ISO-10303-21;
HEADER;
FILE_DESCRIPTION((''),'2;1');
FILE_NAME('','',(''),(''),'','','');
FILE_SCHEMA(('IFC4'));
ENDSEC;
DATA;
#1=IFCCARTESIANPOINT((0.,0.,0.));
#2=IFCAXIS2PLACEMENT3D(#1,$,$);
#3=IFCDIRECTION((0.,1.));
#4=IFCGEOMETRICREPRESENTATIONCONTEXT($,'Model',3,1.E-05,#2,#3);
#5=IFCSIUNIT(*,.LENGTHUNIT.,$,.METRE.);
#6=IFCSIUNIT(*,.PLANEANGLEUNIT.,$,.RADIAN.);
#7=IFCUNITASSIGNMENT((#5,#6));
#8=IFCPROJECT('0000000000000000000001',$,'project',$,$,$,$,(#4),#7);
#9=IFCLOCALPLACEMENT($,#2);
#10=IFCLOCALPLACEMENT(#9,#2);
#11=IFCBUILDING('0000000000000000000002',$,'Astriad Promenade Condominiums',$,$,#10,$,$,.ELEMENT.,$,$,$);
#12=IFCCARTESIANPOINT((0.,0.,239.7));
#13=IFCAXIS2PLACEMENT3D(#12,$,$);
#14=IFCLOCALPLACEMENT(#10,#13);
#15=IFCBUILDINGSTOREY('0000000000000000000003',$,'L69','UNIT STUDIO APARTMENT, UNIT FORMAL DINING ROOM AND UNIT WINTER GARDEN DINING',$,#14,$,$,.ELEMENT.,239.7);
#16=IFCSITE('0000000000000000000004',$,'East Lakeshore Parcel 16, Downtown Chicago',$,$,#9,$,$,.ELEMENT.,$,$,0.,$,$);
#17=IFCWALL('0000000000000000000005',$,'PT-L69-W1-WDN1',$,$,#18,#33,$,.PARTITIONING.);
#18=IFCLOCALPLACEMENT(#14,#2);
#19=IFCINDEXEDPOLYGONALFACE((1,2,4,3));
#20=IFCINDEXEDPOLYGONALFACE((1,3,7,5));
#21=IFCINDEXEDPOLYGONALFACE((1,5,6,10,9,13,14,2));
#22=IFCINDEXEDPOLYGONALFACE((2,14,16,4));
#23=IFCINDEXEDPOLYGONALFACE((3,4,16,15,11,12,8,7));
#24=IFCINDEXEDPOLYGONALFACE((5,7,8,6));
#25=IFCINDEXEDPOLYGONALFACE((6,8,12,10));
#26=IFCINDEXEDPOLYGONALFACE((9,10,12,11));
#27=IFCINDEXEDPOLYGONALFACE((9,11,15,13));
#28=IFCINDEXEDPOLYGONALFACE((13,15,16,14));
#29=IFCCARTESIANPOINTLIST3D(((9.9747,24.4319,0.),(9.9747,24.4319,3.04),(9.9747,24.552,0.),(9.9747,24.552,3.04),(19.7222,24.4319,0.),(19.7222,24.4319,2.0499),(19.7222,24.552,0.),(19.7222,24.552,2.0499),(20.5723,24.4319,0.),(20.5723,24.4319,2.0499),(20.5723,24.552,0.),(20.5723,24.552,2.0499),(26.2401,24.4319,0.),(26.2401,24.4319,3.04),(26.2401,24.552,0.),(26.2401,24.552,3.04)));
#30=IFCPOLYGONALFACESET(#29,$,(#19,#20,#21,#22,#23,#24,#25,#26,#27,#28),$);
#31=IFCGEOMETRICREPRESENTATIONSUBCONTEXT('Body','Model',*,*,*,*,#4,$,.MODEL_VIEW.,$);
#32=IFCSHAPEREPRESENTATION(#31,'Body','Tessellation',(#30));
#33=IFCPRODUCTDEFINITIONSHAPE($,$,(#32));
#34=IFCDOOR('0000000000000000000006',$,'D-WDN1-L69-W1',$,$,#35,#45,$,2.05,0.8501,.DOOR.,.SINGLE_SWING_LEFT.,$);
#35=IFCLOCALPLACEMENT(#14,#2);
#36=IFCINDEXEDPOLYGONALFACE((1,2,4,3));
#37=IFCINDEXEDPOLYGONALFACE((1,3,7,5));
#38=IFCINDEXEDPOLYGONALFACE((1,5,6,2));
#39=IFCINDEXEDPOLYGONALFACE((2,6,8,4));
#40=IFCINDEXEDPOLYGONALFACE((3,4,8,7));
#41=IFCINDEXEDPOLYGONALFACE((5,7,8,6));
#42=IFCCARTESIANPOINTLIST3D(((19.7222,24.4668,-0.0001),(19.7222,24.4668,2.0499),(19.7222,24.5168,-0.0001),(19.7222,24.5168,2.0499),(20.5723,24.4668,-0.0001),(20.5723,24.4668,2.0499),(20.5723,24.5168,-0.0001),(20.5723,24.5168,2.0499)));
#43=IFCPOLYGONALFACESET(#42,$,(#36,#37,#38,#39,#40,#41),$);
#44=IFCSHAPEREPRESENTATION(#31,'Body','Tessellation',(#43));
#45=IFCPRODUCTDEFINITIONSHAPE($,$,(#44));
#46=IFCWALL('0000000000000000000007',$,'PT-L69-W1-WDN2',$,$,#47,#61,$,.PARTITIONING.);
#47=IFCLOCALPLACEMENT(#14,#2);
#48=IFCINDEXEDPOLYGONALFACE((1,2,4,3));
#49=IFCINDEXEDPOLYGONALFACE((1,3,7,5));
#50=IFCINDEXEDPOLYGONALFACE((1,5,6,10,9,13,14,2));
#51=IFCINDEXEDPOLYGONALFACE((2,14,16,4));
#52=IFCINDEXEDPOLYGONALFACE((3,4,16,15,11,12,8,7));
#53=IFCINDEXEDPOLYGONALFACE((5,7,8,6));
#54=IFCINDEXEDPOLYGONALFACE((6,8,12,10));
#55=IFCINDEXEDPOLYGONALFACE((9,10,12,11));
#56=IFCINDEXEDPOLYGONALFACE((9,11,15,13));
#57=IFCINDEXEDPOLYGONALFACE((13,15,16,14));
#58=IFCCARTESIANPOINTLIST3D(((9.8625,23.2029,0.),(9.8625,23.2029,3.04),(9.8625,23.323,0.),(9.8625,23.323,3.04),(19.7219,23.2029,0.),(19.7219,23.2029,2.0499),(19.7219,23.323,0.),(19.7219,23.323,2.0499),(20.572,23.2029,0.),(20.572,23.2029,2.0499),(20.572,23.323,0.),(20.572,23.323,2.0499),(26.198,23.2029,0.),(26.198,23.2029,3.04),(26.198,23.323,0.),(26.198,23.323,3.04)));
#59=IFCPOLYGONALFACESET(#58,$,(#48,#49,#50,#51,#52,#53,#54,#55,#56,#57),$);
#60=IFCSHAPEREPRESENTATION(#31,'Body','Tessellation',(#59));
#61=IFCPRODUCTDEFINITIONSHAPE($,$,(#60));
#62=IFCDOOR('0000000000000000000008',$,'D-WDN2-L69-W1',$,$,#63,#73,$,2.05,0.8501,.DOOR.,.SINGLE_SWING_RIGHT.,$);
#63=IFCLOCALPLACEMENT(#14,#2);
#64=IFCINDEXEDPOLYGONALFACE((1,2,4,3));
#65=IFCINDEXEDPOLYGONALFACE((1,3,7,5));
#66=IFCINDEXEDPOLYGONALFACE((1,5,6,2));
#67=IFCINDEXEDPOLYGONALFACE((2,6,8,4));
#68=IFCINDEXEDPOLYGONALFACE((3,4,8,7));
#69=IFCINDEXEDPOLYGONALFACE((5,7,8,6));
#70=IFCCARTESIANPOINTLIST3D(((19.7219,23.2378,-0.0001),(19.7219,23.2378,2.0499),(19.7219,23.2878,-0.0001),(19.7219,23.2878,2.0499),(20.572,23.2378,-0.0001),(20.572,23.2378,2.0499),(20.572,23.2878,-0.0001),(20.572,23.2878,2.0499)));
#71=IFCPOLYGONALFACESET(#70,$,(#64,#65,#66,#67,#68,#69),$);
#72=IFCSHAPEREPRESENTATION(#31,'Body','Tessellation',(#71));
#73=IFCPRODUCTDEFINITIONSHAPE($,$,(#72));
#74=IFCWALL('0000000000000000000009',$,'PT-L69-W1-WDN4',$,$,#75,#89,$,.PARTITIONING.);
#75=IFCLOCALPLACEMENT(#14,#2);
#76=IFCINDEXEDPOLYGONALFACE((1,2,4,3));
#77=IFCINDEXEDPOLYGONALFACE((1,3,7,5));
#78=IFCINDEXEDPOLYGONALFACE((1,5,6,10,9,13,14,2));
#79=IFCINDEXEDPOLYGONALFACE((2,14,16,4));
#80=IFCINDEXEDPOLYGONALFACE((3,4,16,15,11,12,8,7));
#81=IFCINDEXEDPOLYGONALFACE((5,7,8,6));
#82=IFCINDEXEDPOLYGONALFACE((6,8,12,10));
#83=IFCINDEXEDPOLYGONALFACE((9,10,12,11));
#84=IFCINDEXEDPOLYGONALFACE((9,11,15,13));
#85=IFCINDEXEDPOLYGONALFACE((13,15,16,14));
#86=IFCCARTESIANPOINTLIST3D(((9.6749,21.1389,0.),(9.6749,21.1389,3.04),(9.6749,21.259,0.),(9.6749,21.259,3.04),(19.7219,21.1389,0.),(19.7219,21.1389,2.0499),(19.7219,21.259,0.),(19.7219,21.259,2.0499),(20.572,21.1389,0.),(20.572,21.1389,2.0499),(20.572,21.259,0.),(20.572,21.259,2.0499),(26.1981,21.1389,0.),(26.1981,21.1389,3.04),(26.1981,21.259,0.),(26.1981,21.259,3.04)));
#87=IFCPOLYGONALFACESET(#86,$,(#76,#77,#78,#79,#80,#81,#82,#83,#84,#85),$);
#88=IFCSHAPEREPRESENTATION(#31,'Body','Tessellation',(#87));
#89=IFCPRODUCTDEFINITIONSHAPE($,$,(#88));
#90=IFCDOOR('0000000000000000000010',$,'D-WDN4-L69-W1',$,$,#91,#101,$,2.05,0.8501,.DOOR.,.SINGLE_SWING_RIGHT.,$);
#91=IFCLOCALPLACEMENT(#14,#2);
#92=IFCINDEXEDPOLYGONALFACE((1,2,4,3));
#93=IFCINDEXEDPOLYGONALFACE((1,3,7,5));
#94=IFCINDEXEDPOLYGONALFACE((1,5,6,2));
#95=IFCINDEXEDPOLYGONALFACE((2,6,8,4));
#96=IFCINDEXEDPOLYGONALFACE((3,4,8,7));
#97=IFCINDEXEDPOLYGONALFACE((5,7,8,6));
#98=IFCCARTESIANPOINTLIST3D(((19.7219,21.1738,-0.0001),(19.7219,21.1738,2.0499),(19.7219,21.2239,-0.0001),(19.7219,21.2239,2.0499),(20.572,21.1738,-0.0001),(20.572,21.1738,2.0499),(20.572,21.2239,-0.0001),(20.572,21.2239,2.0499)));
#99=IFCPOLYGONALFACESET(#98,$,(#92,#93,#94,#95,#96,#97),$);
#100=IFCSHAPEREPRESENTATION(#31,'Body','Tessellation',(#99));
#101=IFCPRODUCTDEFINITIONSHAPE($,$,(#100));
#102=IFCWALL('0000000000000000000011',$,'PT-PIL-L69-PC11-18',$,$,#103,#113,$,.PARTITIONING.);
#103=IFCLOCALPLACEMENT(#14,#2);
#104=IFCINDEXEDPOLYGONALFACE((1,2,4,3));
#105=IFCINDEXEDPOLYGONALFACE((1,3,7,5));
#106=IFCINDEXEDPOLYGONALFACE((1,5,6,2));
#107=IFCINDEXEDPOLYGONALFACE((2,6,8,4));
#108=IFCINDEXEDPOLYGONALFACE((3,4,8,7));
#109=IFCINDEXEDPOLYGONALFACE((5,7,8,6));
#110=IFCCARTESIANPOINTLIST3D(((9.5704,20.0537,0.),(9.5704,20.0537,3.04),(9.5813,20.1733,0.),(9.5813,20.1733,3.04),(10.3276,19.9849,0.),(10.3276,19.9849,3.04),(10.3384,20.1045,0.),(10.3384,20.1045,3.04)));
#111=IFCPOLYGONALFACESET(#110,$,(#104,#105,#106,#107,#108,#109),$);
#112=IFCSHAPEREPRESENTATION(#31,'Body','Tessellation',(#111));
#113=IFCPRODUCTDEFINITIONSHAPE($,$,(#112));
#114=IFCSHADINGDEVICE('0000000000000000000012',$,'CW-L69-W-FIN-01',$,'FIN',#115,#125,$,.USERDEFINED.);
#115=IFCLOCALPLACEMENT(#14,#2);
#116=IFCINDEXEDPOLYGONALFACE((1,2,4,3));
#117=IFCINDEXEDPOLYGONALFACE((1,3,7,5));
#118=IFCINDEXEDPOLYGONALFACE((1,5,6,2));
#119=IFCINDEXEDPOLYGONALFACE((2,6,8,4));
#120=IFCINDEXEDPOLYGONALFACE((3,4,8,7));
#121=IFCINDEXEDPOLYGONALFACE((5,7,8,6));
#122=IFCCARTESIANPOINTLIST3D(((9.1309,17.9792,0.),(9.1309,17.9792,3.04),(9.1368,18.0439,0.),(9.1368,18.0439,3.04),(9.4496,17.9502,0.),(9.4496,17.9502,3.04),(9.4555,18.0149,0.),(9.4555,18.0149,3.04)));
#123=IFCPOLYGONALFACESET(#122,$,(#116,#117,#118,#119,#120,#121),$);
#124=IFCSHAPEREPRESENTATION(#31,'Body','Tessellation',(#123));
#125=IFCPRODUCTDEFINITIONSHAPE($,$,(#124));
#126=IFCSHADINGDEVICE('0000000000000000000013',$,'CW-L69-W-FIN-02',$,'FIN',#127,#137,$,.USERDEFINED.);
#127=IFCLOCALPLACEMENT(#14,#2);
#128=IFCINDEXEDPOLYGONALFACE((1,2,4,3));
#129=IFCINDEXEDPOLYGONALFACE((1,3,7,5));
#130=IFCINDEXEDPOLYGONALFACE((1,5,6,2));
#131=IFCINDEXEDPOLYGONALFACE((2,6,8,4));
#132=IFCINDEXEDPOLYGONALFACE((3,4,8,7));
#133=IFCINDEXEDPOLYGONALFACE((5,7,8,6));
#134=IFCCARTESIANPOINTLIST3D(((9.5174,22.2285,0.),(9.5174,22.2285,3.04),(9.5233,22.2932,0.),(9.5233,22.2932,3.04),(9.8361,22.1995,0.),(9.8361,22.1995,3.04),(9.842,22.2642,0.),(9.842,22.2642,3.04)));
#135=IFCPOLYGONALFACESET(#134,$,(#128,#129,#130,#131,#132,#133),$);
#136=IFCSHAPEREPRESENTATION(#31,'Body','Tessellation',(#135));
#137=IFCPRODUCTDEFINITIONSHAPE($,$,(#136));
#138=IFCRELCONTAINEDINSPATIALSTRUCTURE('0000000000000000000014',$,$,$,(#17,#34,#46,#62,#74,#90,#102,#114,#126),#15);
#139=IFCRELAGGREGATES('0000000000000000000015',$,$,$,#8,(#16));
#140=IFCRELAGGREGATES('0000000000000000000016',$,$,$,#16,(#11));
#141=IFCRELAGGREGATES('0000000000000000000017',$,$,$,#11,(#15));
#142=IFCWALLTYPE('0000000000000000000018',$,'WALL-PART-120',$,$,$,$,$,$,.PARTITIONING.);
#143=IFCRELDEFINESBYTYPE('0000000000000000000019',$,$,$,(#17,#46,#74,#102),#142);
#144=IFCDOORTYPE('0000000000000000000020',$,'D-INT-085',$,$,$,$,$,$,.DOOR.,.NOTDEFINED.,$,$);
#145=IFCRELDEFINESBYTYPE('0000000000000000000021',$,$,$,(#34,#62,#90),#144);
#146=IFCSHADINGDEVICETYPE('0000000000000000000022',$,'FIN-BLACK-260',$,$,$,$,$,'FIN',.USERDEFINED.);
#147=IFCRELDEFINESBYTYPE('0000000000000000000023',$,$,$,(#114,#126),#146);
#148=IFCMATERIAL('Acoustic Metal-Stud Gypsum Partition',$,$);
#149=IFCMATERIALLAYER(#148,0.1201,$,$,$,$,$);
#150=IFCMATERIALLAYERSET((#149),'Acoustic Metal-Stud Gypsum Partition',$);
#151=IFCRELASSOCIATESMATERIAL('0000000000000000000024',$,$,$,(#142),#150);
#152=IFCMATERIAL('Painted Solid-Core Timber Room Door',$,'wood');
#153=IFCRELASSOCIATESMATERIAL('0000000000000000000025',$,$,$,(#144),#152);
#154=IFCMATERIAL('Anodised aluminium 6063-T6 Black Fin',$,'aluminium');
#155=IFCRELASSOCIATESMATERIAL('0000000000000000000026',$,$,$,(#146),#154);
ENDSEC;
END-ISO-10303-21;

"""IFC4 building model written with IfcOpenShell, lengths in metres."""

from ifc_helpers import new_model, si_unit, direction, frame, frame_2d, origin, origin_2d, place, context, subcontext, project, spatial, rectangle, extrude, source, transform, mapped, material, layer, layer_set, type_object, type_shapes, element, fill, save


model = new_model("IFC4")

# Units and contexts
model_context = context("Model", 3, precision=1e-05, world=origin(), true_north=direction((0.0, 1.0)))
body_context = subcontext(model_context, "Body", "Model", "MODEL_VIEW")
ifc_project = project(units=[si_unit("LENGTHUNIT", "METRE"), si_unit("PLANEANGLEUNIT", "RADIAN")], contexts=[model_context])

# Site, building, storey
site_placement = place(None, origin())
site = spatial("IfcSite", under=ifc_project, at=site_placement, Name="East Lakeshore Parcel 16, Downtown Chicago", CompositionType="ELEMENT", RefElevation=0.0)
building_placement = place(site_placement, origin())
building = spatial("IfcBuilding", under=site, at=building_placement, Name="Astriad Promenade Condominiums", CompositionType="ELEMENT")
storey_placement = place(building_placement, frame((0.0, 0.0, 239.7)))
storey = spatial("IfcBuildingStorey", under=building, at=storey_placement, Name="L69", Description="UNIT STUDIO APARTMENT, UNIT FORMAL DINING ROOM AND UNIT WINTER GARDEN DINING", CompositionType="ELEMENT", Elevation=239.7)

# Walls, openings, doors
ifc_material_1 = material(Name="Acoustic Metal-Stud Gypsum Partition")
ifc_layer_1 = layer(ifc_material_1, 0.1201)
ifc_layer_set_1 = layer_set([ifc_layer_1], Name="Acoustic Metal-Stud Gypsum Partition")
wall_type_1 = type_object("IfcWallType", Name="WALL-PART-120", PredefinedType="PARTITIONING", material=ifc_layer_set_1)
wall_1_placement = place(storey_placement, frame((9.9746, 24.4919, 0.0), z_axis=(0.0, 0.0, 1.0), x_axis=(1.0, 0.0, 0.0)))
wall_1 = element("IfcWall", 1, at=wall_1_placement, inside=storey, type_object=wall_type_1, Name="PT-L69-W1-WDN1", PredefinedType="PARTITIONING", context=body_context, shape_type="SweptSolid", body=[
    extrude(rectangle(XDim=16.2654, YDim=0.1201, at=frame_2d((8.1328, 0.0))), origin(), (0.0, 0.0, 1.0), 3.04),
])
opening_1_placement = place(wall_1_placement, frame((9.7476, 0.0, 0.0)))
opening_1 = element("IfcOpeningElement", 2, at=opening_1_placement, cuts=wall_1, PredefinedType="OPENING", context=body_context, shape_type="SweptSolid", body=[
    extrude(rectangle(XDim=0.8501, YDim=2.05, at=frame_2d((0.425, 1.0249))), frame((0.0, 0.0701, 0.0), z_axis=(0.0, -1.0, 0.0), x_axis=(1.0, 0.0, 0.0)), (0.0, 0.0, 1.0), 0.1401),
])
ifc_material_2 = material(Name="Painted Solid-Core Timber Room Door", Category="wood")
door_type = type_object("IfcDoorType", Name="D-INT-085", OperationType="NOTDEFINED", PredefinedType="DOOR", material=ifc_material_2)
shared_shape_1 = source(origin(), body_context, "Body", "SweptSolid", [
    extrude(rectangle(XDim=0.8501, YDim=2.05, at=frame_2d((0.425, 1.0249))), frame((0.0, 0.0249, 0.0), z_axis=(0.0, -1.0, 0.0), x_axis=(1.0, 0.0, 0.0)), (0.0, 0.0, 1.0), 0.05),
])
type_shapes(door_type, [shared_shape_1])
door_1_placement = place(opening_1_placement, origin())
door_1 = element("IfcDoor", 3, at=door_1_placement, inside=storey, type_object=door_type, Name="D-WDN1-L69-W1", OperationType="SINGLE_SWING_LEFT", OverallHeight=2.05, OverallWidth=0.8501, PredefinedType="DOOR", context=body_context, shape_type="MappedRepresentation", body=[
    mapped(shared_shape_1, transform((0.0, 0.0, 0.0), scale=1.0)),
])
fill(opening_1, door_1)
wall_2_placement = place(storey_placement, frame((9.8625, 23.2629, 0.0), z_axis=(0.0, 0.0, 1.0), x_axis=(1.0, 0.0, 0.0)))
wall_2 = element("IfcWall", 4, at=wall_2_placement, inside=storey, type_object=wall_type_1, Name="PT-L69-W1-WDN2", PredefinedType="PARTITIONING", context=body_context, shape_type="SweptSolid", body=[
    extrude(rectangle(XDim=16.3354, YDim=0.1201, at=frame_2d((8.1677, 0.0))), origin(), (0.0, 0.0, 1.0), 3.04),
])
opening_2_placement = place(wall_2_placement, frame((9.8594, 0.0, 0.0)))
opening_2 = element("IfcOpeningElement", 5, at=opening_2_placement, cuts=wall_2, PredefinedType="OPENING", context=body_context, shape_type="SweptSolid", body=[
    extrude(rectangle(XDim=0.8501, YDim=2.05, at=frame_2d((0.425, 1.0249))), frame((0.0, 0.0701, 0.0), z_axis=(0.0, -1.0, 0.0), x_axis=(1.0, 0.0, 0.0)), (0.0, 0.0, 1.0), 0.1401),
])
door_2_placement = place(opening_2_placement, origin())
door_2 = element("IfcDoor", 6, at=door_2_placement, inside=storey, type_object=door_type, Name="D-WDN2-L69-W1", OperationType="SINGLE_SWING_RIGHT", OverallHeight=2.05, OverallWidth=0.8501, PredefinedType="DOOR", context=body_context, shape_type="MappedRepresentation", body=[
    mapped(shared_shape_1, transform((0.0, 0.0, 0.0), scale=1.0)),
])
fill(opening_2, door_2)
wall_3_placement = place(storey_placement, frame((9.6748, 21.199, 0.0), z_axis=(0.0, 0.0, 1.0), x_axis=(1.0, 0.0, 0.0)))
wall_3 = element("IfcWall", 7, at=wall_3_placement, inside=storey, type_object=wall_type_1, Name="PT-L69-W1-WDN4", PredefinedType="PARTITIONING", context=body_context, shape_type="SweptSolid", body=[
    extrude(rectangle(XDim=16.5232, YDim=0.1201, at=frame_2d((8.2617, 0.0))), origin(), (0.0, 0.0, 1.0), 3.04),
])
opening_3_placement = place(wall_3_placement, frame((10.0471, 0.0, 0.0)))
opening_3 = element("IfcOpeningElement", 8, at=opening_3_placement, cuts=wall_3, PredefinedType="OPENING", context=body_context, shape_type="SweptSolid", body=[
    extrude(rectangle(XDim=0.8501, YDim=2.05, at=frame_2d((0.425, 1.0249))), frame((0.0, 0.0701, 0.0), z_axis=(0.0, -1.0, 0.0), x_axis=(1.0, 0.0, 0.0)), (0.0, 0.0, 1.0), 0.1401),
])
door_3_placement = place(opening_3_placement, origin())
door_3 = element("IfcDoor", 9, at=door_3_placement, inside=storey, type_object=door_type, Name="D-WDN4-L69-W1", OperationType="SINGLE_SWING_RIGHT", OverallHeight=2.05, OverallWidth=0.8501, PredefinedType="DOOR", context=body_context, shape_type="MappedRepresentation", body=[
    mapped(shared_shape_1, transform((0.0, 0.0, 0.0), scale=1.0)),
])
fill(opening_3, door_3)

# Wall
wall_4_placement = place(storey_placement, frame((10.333, 20.0447, 0.0), z_axis=(0.0, 0.0, 1.0), x_axis=(-0.995891, 0.090565, 0.0)))
element("IfcWall", 10, at=wall_4_placement, inside=storey, type_object=wall_type_1, Name="PT-PIL-L69-PC11-18", PredefinedType="PARTITIONING", context=body_context, shape_type="SweptSolid", body=[
    extrude(rectangle(XDim=0.7603, YDim=0.1201, at=frame_2d((0.3801, 0.0))), origin(), (0.0, 0.0, 1.0), 3.04),
])

# Shading devices
ifc_material_3 = material(Name="Anodised aluminium 6063-T6 Black Fin", Category="aluminium")
shading_device_type = type_object("IfcShadingDeviceType", Name="FIN-BLACK-260", ElementType="FIN", PredefinedType="USERDEFINED", material=ifc_material_3)
shared_shape_2 = source(origin(), body_context, "Body", "SweptSolid", [
    extrude(rectangle(XDim=0.0649, YDim=0.3201, at=origin_2d()), origin(), (0.0, 0.0, 1.0), 3.04),
])
type_shapes(shading_device_type, [shared_shape_2])
for number, where, z_axis, x_axis, name in (
    (11, (9.2932, 17.9971, 0.0), (0.0, 0.0, 1.0), (0.090633, 0.995884, 0.0), "CW-L69-W-FIN-01"),
    (12, (9.6797, 22.2463, 0.0), (0.0, 0.0, 1.0), (0.090633, 0.995884, 0.0), "CW-L69-W-FIN-02"),
):
    element("IfcShadingDevice", number, at=place(storey_placement, frame(where, z_axis=z_axis, x_axis=x_axis)), inside=storey, type_object=shading_device_type, Name=name, ObjectType="FIN", PredefinedType="USERDEFINED", context=body_context, shape_type="MappedRepresentation", body=[
        mapped(shared_shape_2, transform((0.0, 0.0, 0.0), scale=1.0)),
    ])

save(model, "model.ifc")
